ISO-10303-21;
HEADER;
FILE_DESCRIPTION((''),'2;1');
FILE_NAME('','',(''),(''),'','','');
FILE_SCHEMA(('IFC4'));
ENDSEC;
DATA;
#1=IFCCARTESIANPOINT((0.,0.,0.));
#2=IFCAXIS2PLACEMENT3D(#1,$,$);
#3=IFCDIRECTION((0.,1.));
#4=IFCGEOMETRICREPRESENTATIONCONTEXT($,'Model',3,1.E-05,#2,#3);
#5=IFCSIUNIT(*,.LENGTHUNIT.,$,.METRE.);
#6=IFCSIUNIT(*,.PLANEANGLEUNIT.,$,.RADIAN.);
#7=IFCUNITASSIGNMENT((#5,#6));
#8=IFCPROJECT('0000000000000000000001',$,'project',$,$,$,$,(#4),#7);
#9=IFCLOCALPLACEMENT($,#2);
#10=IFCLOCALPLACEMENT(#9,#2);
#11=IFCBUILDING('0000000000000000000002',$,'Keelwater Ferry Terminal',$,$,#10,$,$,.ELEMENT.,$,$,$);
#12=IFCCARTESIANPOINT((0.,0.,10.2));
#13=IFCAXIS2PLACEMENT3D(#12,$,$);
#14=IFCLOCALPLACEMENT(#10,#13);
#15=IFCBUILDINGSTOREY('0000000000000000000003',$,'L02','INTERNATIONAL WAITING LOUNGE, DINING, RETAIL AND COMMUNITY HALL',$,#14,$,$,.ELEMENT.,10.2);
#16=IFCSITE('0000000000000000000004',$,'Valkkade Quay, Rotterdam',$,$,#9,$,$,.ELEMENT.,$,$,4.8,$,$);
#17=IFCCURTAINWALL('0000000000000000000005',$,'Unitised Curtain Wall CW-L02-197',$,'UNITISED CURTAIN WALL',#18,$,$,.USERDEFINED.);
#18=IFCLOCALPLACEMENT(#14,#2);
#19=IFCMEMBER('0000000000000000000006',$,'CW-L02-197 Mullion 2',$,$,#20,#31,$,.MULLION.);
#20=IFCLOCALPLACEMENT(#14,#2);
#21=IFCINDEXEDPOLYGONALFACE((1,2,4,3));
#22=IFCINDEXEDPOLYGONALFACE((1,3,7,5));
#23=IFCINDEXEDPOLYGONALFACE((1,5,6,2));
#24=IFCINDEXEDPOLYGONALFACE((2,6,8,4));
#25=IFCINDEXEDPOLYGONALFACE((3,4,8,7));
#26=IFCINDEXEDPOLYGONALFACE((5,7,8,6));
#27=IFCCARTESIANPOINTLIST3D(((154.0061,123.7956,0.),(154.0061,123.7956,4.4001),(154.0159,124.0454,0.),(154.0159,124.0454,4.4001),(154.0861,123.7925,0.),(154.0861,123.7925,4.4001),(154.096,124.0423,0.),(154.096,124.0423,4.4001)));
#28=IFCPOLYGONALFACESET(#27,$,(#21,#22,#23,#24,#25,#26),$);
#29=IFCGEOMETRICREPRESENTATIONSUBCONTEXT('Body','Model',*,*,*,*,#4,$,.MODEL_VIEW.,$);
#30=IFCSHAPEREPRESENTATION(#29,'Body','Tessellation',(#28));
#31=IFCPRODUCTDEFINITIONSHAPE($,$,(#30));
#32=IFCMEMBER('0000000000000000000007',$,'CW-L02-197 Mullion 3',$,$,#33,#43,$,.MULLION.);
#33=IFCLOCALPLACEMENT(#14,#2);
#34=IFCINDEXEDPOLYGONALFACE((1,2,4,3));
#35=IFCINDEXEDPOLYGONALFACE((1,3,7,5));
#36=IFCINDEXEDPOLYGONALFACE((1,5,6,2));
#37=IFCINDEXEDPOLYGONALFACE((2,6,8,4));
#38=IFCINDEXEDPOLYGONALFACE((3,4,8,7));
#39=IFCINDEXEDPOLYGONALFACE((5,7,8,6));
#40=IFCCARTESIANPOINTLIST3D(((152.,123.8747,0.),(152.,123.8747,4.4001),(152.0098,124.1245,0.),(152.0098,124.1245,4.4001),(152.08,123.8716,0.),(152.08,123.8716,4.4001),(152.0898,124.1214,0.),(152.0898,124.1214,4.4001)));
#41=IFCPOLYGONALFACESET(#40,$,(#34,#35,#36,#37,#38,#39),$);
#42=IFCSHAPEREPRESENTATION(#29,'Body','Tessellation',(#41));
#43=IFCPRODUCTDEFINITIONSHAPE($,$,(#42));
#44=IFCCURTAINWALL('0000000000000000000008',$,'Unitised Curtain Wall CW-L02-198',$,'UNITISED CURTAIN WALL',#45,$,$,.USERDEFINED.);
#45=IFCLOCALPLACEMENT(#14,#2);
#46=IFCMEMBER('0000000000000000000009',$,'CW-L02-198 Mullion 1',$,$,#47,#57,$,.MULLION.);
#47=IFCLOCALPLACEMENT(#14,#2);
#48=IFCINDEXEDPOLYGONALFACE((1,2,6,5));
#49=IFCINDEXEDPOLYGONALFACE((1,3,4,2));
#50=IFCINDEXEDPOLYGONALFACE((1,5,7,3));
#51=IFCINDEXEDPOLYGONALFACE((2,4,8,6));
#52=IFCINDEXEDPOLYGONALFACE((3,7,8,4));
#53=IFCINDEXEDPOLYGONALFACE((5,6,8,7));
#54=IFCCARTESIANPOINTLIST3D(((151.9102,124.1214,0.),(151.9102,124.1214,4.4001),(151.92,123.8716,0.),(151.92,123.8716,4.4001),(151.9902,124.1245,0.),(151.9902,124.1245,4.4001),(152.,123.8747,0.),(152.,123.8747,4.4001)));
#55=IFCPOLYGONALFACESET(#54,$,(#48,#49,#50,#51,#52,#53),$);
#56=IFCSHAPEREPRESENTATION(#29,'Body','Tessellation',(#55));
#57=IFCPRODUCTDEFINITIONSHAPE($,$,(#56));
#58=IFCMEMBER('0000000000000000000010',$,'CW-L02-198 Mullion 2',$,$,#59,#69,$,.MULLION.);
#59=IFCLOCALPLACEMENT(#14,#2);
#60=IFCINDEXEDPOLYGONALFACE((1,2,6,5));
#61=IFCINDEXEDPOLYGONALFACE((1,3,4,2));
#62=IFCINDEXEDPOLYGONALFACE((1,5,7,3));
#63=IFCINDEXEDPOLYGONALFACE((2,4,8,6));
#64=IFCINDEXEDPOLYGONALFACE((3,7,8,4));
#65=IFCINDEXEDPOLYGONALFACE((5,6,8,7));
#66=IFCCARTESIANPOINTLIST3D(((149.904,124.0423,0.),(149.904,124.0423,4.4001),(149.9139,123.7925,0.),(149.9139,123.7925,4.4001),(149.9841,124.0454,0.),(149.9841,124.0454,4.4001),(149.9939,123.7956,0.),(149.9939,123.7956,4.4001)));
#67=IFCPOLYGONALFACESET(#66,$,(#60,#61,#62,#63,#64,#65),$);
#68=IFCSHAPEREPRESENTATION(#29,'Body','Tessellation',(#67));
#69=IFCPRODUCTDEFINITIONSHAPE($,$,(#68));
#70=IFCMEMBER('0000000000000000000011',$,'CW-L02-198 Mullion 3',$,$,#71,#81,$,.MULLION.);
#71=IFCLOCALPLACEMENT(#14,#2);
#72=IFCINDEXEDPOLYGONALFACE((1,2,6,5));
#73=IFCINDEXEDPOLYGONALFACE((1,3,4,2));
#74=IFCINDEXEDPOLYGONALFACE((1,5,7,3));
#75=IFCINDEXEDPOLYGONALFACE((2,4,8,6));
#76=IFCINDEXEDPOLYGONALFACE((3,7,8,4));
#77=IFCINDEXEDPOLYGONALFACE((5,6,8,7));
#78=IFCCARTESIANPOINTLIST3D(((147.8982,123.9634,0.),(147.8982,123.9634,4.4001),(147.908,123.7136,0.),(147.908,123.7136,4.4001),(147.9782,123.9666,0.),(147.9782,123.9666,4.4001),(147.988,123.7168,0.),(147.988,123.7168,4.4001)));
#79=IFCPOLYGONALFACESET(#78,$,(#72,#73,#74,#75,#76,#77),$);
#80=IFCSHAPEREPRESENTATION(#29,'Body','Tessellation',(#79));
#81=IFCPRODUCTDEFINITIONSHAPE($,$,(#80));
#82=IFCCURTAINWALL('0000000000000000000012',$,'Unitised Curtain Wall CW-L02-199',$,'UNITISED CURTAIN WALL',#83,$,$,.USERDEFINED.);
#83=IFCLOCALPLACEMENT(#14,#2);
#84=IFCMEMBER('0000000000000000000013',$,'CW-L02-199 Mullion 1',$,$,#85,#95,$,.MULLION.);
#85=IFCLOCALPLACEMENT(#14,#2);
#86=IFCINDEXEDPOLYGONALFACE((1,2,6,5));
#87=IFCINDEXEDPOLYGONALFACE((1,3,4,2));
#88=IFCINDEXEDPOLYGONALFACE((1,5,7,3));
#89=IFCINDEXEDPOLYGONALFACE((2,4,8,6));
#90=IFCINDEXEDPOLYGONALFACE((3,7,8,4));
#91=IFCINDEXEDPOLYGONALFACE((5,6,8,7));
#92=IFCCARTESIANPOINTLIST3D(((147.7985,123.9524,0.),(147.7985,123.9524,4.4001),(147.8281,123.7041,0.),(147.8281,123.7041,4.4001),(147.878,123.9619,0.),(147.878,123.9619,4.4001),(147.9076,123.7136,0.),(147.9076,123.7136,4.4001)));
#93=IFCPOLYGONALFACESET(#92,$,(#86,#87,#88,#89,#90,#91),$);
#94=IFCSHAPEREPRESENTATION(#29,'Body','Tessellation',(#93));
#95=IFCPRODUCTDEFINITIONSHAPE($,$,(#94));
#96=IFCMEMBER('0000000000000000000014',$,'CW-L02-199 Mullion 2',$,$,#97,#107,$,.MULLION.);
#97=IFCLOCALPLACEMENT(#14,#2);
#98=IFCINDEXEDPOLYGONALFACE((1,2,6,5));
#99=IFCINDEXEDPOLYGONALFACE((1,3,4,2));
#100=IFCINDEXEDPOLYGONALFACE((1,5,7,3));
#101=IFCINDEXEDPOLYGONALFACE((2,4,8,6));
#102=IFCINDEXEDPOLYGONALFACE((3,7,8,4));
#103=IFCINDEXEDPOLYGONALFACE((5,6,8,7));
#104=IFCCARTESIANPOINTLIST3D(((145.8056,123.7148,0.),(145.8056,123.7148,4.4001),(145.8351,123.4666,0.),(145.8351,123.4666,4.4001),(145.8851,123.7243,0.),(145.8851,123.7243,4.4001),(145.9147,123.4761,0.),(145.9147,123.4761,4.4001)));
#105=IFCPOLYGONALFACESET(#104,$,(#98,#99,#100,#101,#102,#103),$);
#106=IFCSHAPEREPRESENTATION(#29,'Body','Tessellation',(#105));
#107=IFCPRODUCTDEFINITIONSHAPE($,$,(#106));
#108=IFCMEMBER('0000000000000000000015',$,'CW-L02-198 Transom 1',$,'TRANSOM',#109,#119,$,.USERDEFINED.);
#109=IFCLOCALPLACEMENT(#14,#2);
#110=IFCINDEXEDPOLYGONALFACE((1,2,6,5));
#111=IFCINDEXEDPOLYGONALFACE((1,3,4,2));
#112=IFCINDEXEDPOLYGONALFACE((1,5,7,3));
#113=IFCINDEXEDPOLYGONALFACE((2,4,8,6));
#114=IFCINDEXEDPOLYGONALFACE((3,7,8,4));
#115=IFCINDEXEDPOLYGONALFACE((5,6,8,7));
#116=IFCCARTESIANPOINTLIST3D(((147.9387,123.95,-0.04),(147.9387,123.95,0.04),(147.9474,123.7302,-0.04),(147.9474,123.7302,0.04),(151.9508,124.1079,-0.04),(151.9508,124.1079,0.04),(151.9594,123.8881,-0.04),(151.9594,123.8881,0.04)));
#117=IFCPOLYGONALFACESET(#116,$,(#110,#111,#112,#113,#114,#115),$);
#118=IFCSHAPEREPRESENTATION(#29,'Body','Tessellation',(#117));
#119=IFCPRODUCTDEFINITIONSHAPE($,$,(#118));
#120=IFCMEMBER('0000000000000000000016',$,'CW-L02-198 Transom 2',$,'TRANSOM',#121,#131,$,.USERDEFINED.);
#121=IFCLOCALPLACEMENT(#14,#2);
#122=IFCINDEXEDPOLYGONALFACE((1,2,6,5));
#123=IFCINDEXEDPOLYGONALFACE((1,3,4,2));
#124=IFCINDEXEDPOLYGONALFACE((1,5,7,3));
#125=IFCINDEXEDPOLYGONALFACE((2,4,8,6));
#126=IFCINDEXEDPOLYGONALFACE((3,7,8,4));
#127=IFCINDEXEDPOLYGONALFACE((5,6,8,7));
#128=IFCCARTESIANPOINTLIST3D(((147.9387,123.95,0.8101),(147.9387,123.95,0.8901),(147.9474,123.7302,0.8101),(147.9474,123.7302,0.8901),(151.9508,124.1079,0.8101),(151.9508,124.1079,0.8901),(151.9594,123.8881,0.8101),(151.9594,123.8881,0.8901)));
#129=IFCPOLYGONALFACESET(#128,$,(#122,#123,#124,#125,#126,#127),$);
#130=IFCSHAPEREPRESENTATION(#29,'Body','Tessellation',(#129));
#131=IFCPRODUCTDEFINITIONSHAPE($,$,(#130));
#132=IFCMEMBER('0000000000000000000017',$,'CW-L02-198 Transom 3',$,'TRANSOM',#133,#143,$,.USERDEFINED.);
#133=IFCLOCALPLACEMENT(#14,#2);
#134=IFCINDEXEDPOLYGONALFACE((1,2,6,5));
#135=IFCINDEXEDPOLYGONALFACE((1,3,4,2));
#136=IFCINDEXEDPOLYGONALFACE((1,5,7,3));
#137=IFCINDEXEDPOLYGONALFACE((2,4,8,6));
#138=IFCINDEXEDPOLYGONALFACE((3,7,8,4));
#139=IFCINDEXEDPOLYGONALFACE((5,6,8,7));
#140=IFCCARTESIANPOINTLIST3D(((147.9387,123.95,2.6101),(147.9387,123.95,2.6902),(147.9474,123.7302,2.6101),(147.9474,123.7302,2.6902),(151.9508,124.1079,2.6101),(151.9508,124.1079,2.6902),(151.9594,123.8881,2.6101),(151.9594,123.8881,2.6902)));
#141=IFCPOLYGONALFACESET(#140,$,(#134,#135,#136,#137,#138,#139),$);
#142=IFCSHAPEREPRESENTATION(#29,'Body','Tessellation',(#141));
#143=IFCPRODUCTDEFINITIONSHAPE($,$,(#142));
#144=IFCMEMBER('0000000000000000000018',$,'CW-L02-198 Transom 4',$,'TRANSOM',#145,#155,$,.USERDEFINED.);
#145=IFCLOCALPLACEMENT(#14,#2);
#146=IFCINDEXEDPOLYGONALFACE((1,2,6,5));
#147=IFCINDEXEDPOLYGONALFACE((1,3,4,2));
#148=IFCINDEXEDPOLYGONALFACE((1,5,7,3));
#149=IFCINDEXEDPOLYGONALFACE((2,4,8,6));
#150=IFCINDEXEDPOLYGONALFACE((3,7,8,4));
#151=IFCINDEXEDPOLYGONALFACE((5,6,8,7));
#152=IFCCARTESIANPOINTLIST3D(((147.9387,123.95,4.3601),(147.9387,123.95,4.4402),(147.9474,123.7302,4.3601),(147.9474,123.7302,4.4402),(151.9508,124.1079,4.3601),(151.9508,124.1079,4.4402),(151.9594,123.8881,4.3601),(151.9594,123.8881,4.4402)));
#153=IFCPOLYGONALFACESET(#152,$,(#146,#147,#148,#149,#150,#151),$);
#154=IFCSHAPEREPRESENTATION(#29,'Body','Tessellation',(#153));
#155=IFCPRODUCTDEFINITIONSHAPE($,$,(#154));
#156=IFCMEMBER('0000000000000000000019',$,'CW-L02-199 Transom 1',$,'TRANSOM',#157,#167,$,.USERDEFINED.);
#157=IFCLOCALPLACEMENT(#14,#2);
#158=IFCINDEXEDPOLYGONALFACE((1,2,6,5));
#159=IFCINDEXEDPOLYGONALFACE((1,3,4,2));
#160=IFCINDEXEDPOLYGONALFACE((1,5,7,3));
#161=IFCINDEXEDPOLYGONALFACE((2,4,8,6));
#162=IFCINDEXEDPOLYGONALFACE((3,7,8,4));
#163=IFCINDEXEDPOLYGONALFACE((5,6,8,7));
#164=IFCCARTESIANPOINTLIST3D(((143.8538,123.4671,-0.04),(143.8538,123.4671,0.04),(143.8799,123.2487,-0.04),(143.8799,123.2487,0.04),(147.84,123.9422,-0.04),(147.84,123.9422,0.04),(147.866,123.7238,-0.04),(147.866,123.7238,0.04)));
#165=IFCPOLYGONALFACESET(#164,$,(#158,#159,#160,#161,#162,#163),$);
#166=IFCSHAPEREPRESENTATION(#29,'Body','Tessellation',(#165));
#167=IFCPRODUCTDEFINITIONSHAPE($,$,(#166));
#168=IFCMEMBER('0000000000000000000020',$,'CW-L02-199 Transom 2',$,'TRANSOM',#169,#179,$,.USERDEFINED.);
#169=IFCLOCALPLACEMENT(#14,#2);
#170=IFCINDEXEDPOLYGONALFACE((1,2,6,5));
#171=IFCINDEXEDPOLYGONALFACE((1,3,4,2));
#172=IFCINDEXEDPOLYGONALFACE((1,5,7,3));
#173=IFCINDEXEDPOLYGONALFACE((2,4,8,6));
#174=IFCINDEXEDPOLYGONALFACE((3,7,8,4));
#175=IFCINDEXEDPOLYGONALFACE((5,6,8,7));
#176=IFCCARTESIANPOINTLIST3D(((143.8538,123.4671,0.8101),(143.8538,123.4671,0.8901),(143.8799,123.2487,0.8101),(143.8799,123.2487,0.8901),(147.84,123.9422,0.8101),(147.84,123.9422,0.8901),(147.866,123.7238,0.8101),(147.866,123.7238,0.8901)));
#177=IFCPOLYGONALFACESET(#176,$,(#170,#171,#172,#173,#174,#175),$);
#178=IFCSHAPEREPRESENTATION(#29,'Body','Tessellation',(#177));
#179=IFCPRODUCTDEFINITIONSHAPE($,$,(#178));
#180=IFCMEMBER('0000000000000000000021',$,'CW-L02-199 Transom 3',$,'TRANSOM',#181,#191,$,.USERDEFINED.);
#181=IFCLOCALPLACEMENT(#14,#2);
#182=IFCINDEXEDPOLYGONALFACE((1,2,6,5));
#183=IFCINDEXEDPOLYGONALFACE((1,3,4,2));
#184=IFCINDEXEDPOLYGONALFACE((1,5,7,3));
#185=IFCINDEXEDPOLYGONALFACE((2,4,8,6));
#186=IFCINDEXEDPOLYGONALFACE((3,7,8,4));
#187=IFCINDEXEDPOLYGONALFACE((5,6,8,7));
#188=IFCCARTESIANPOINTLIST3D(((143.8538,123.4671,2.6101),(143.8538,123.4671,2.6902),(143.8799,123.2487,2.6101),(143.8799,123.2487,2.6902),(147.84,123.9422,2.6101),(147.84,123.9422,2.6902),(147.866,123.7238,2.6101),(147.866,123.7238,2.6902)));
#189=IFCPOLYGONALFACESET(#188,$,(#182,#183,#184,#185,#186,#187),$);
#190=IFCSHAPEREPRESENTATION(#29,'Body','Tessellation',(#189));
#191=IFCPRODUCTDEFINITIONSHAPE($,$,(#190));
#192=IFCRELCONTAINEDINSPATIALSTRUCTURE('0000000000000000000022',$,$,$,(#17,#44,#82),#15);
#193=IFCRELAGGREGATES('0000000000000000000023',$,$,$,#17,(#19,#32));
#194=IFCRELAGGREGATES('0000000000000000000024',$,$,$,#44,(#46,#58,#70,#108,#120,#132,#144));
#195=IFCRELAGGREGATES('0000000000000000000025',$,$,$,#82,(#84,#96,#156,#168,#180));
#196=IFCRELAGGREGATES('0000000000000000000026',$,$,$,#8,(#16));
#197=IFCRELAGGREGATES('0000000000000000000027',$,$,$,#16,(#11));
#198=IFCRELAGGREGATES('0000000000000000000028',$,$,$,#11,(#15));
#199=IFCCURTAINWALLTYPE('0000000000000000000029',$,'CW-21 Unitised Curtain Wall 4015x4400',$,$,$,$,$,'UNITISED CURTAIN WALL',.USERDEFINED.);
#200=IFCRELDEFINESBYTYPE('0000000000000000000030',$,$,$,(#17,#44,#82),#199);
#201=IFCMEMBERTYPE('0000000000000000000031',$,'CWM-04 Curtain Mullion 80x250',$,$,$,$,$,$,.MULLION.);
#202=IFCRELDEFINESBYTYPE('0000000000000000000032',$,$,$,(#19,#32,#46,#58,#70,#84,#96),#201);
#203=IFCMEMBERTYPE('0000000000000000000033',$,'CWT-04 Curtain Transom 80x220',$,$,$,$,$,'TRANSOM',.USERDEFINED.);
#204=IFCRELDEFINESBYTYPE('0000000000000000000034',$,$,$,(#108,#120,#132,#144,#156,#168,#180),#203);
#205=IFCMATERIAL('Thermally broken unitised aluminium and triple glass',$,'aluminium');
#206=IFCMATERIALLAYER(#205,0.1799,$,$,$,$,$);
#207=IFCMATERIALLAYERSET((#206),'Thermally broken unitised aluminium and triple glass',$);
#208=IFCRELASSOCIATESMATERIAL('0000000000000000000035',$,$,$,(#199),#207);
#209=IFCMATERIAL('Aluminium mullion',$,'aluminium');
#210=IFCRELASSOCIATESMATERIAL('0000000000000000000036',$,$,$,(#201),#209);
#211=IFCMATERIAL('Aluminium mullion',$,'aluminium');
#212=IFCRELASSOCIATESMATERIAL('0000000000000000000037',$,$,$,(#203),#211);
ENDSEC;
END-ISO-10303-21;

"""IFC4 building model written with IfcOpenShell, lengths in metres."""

from ifc_helpers import new_model, si_unit, direction, frame, origin, origin_2d, place, context, subcontext, project, spatial, rectangle, extrude, material, layer, layer_set, material_profile, profile_set, type_object, element, aggregate, save


model = new_model("IFC4")

# Units and contexts
model_context = context("Model", 3, precision=1e-05, world=origin(), true_north=direction((0.0, 1.0)))
body_context = subcontext(model_context, "Body", "Model", "MODEL_VIEW")
ifc_project = project(units=[si_unit("LENGTHUNIT", "METRE"), si_unit("PLANEANGLEUNIT", "RADIAN")], contexts=[model_context])

# Site, building, storey
site_placement = place(None, origin())
site = spatial("IfcSite", under=ifc_project, at=site_placement, Name="Valkkade Quay, Rotterdam", CompositionType="ELEMENT", RefElevation=4.8)
building_placement = place(site_placement, origin())
building = spatial("IfcBuilding", under=site, at=building_placement, Name="Keelwater Ferry Terminal", CompositionType="ELEMENT")
storey_placement = place(building_placement, frame((0.0, 0.0, 10.2)))
storey = spatial("IfcBuildingStorey", under=building, at=storey_placement, Name="L02", Description="INTERNATIONAL WAITING LOUNGE, DINING, RETAIL AND COMMUNITY HALL", CompositionType="ELEMENT", Elevation=10.2)

# Curtain walls, members
ifc_material_1 = material(Name="Thermally broken unitised aluminium and triple glass", Category="aluminium")
ifc_layer_1 = layer(ifc_material_1, 0.1799)
ifc_layer_set_1 = layer_set([ifc_layer_1], Name="Thermally broken unitised aluminium and triple glass")
curtain_wall_type = type_object("IfcCurtainWallType", Name="CW-21 Unitised Curtain Wall 4015x4400", ElementType="UNITISED CURTAIN WALL", PredefinedType="USERDEFINED", material=ifc_layer_set_1)
curtain_wall_1_placement = place(storey_placement, origin())
curtain_wall_1 = element("IfcCurtainWall", 1, at=curtain_wall_1_placement, inside=storey, type_object=curtain_wall_type, Name="Unitised Curtain Wall CW-L02-197", ObjectType="UNITISED CURTAIN WALL", PredefinedType="USERDEFINED")
ifc_material_2 = material(Name="Aluminium mullion", Category="aluminium")
ifc_material_profile_1 = material_profile(ifc_material_2, rectangle(XDim=0.0801, YDim=0.25, at=origin_2d()), Name="CWM-04")
ifc_profile_set_1 = profile_set([ifc_material_profile_1], Name="Aluminium mullion")
member_type_1 = type_object("IfcMemberType", Name="CWM-04 Curtain Mullion 80x250", PredefinedType="MULLION", material=ifc_profile_set_1)
member_1_placement = place(storey_placement, frame((154.051, 123.9189, 0.0), z_axis=(0.0, 0.0, 1.0), x_axis=(-0.999225, 0.039351, 0.0)))
member_1 = element("IfcMember", 2, at=member_1_placement, type_object=member_type_1, Name="CW-L02-197 Mullion 2", PredefinedType="MULLION", context=body_context, shape_type="SweptSolid", body=[
    extrude(rectangle(XDim=0.0801, YDim=0.25, at=origin_2d()), origin(), (0.0, 0.0, 1.0), 4.4001),
])
member_2_placement = place(storey_placement, frame((152.0449, 123.998, 0.0), z_axis=(0.0, 0.0, 1.0), x_axis=(-0.999225, 0.039351, 0.0)))
member_2 = element("IfcMember", 3, at=member_2_placement, type_object=member_type_1, Name="CW-L02-197 Mullion 3", PredefinedType="MULLION", context=body_context, shape_type="SweptSolid", body=[
    extrude(rectangle(XDim=0.0801, YDim=0.25, at=origin_2d()), origin(), (0.0, 0.0, 1.0), 4.4001),
])
curtain_wall_2_placement = place(storey_placement, origin())
curtain_wall_2 = element("IfcCurtainWall", 4, at=curtain_wall_2_placement, inside=storey, type_object=curtain_wall_type, Name="Unitised Curtain Wall CW-L02-198", ObjectType="UNITISED CURTAIN WALL", PredefinedType="USERDEFINED")
member_3_placement = place(storey_placement, frame((151.9551, 123.998, 0.0), z_axis=(0.0, 0.0, 1.0), x_axis=(-0.999225, -0.039351, 0.0)))
member_3 = element("IfcMember", 5, at=member_3_placement, type_object=member_type_1, Name="CW-L02-198 Mullion 1", PredefinedType="MULLION", context=body_context, shape_type="SweptSolid", body=[
    extrude(rectangle(XDim=0.0801, YDim=0.25, at=origin_2d()), origin(), (0.0, 0.0, 1.0), 4.4001),
])
member_4_placement = place(storey_placement, frame((149.949, 123.9189, 0.0), z_axis=(0.0, 0.0, 1.0), x_axis=(-0.999225, -0.039351, 0.0)))
member_4 = element("IfcMember", 6, at=member_4_placement, type_object=member_type_1, Name="CW-L02-198 Mullion 2", PredefinedType="MULLION", context=body_context, shape_type="SweptSolid", body=[
    extrude(rectangle(XDim=0.0801, YDim=0.25, at=origin_2d()), origin(), (0.0, 0.0, 1.0), 4.4001),
])
member_5_placement = place(storey_placement, frame((147.9431, 123.8401, 0.0), z_axis=(0.0, 0.0, 1.0), x_axis=(-0.999225, -0.039351, 0.0)))
member_5 = element("IfcMember", 7, at=member_5_placement, type_object=member_type_1, Name="CW-L02-198 Mullion 3", PredefinedType="MULLION", context=body_context, shape_type="SweptSolid", body=[
    extrude(rectangle(XDim=0.0801, YDim=0.25, at=origin_2d()), origin(), (0.0, 0.0, 1.0), 4.4001),
])
curtain_wall_3_placement = place(storey_placement, origin())
curtain_wall_3 = element("IfcCurtainWall", 8, at=curtain_wall_3_placement, inside=storey, type_object=curtain_wall_type, Name="Unitised Curtain Wall CW-L02-199", ObjectType="UNITISED CURTAIN WALL", PredefinedType="USERDEFINED")
member_6_placement = place(storey_placement, frame((147.853, 123.833, 0.0), z_axis=(0.0, 0.0, 1.0), x_axis=(-0.992974, -0.11833, 0.0)))
member_6 = element("IfcMember", 9, at=member_6_placement, type_object=member_type_1, Name="CW-L02-199 Mullion 1", PredefinedType="MULLION", context=body_context, shape_type="SweptSolid", body=[
    extrude(rectangle(XDim=0.0801, YDim=0.25, at=origin_2d()), origin(), (0.0, 0.0, 1.0), 4.4001),
])
member_7_placement = place(storey_placement, frame((145.8601, 123.5955, 0.0), z_axis=(0.0, 0.0, 1.0), x_axis=(-0.992974, -0.11833, 0.0)))
member_7 = element("IfcMember", 10, at=member_7_placement, type_object=member_type_1, Name="CW-L02-199 Mullion 2", PredefinedType="MULLION", context=body_context, shape_type="SweptSolid", body=[
    extrude(rectangle(XDim=0.0801, YDim=0.25, at=origin_2d()), origin(), (0.0, 0.0, 1.0), 4.4001),
])

# Members
ifc_material_3 = material(Name="Aluminium mullion", Category="aluminium")
ifc_material_profile_2 = material_profile(ifc_material_3, rectangle(XDim=0.22, YDim=0.0801, at=origin_2d()), Name="CWT-04")
ifc_profile_set_2 = profile_set([ifc_material_profile_2], Name="Aluminium mullion")
member_type_2 = type_object("IfcMemberType", Name="CWT-04 Curtain Transom 80x220", ElementType="TRANSOM", PredefinedType="USERDEFINED", material=ifc_profile_set_2)
member_8_placement = place(storey_placement, frame((151.9551, 123.998, 0.0), z_axis=(-0.999226, -0.039342, 0.0), x_axis=(0.039342, -0.999226, 0.0)))
member_8 = element("IfcMember", 11, at=member_8_placement, type_object=member_type_2, Name="CW-L02-198 Transom 1", ObjectType="TRANSOM", PredefinedType="USERDEFINED", context=body_context, shape_type="SweptSolid", body=[
    extrude(rectangle(XDim=0.22, YDim=0.0801, at=origin_2d()), origin(), (0.0, 0.0, 1.0), 4.0151),
])
member_9_placement = place(storey_placement, frame((151.9551, 123.998, 0.8501), z_axis=(-0.999226, -0.039342, 0.0), x_axis=(0.039342, -0.999226, 0.0)))
member_9 = element("IfcMember", 12, at=member_9_placement, type_object=member_type_2, Name="CW-L02-198 Transom 2", ObjectType="TRANSOM", PredefinedType="USERDEFINED", context=body_context, shape_type="SweptSolid", body=[
    extrude(rectangle(XDim=0.22, YDim=0.0801, at=origin_2d()), origin(), (0.0, 0.0, 1.0), 4.0151),
])
member_10_placement = place(storey_placement, frame((151.9551, 123.998, 2.6501), z_axis=(-0.999226, -0.039342, 0.0), x_axis=(0.039342, -0.999226, 0.0)))
member_10 = element("IfcMember", 13, at=member_10_placement, type_object=member_type_2, Name="CW-L02-198 Transom 3", ObjectType="TRANSOM", PredefinedType="USERDEFINED", context=body_context, shape_type="SweptSolid", body=[
    extrude(rectangle(XDim=0.22, YDim=0.0801, at=origin_2d()), origin(), (0.0, 0.0, 1.0), 4.0151),
])
member_11_placement = place(storey_placement, frame((151.9551, 123.998, 4.4001), z_axis=(-0.999226, -0.039342, 0.0), x_axis=(0.039342, -0.999226, 0.0)))
member_11 = element("IfcMember", 14, at=member_11_placement, type_object=member_type_2, Name="CW-L02-198 Transom 4", ObjectType="TRANSOM", PredefinedType="USERDEFINED", context=body_context, shape_type="SweptSolid", body=[
    extrude(rectangle(XDim=0.22, YDim=0.0801, at=origin_2d()), origin(), (0.0, 0.0, 1.0), 4.0151),
])
member_12_placement = place(storey_placement, frame((147.853, 123.833, 0.0), z_axis=(-0.992972, -0.118351, 0.0), x_axis=(0.118351, -0.992972, 0.0)))
member_12 = element("IfcMember", 15, at=member_12_placement, type_object=member_type_2, Name="CW-L02-199 Transom 1", ObjectType="TRANSOM", PredefinedType="USERDEFINED", context=body_context, shape_type="SweptSolid", body=[
    extrude(rectangle(XDim=0.22, YDim=0.0801, at=origin_2d()), origin(), (0.0, 0.0, 1.0), 4.0144),
])
member_13_placement = place(storey_placement, frame((147.853, 123.833, 0.8501), z_axis=(-0.992972, -0.118351, 0.0), x_axis=(0.118351, -0.992972, 0.0)))
member_13 = element("IfcMember", 16, at=member_13_placement, type_object=member_type_2, Name="CW-L02-199 Transom 2", ObjectType="TRANSOM", PredefinedType="USERDEFINED", context=body_context, shape_type="SweptSolid", body=[
    extrude(rectangle(XDim=0.22, YDim=0.0801, at=origin_2d()), origin(), (0.0, 0.0, 1.0), 4.0144),
])
member_14_placement = place(storey_placement, frame((147.853, 123.833, 2.6501), z_axis=(-0.992972, -0.118351, 0.0), x_axis=(0.118351, -0.992972, 0.0)))
member_14 = element("IfcMember", 17, at=member_14_placement, type_object=member_type_2, Name="CW-L02-199 Transom 3", ObjectType="TRANSOM", PredefinedType="USERDEFINED", context=body_context, shape_type="SweptSolid", body=[
    extrude(rectangle(XDim=0.22, YDim=0.0801, at=origin_2d()), origin(), (0.0, 0.0, 1.0), 4.0144),
])

aggregate(curtain_wall_1, [member_1, member_2])
aggregate(curtain_wall_2, [member_3, member_4, member_5, member_8, member_9, member_10, member_11])
aggregate(curtain_wall_3, [member_6, member_7, member_12, member_13, member_14])

save(model, "model.ifc")
